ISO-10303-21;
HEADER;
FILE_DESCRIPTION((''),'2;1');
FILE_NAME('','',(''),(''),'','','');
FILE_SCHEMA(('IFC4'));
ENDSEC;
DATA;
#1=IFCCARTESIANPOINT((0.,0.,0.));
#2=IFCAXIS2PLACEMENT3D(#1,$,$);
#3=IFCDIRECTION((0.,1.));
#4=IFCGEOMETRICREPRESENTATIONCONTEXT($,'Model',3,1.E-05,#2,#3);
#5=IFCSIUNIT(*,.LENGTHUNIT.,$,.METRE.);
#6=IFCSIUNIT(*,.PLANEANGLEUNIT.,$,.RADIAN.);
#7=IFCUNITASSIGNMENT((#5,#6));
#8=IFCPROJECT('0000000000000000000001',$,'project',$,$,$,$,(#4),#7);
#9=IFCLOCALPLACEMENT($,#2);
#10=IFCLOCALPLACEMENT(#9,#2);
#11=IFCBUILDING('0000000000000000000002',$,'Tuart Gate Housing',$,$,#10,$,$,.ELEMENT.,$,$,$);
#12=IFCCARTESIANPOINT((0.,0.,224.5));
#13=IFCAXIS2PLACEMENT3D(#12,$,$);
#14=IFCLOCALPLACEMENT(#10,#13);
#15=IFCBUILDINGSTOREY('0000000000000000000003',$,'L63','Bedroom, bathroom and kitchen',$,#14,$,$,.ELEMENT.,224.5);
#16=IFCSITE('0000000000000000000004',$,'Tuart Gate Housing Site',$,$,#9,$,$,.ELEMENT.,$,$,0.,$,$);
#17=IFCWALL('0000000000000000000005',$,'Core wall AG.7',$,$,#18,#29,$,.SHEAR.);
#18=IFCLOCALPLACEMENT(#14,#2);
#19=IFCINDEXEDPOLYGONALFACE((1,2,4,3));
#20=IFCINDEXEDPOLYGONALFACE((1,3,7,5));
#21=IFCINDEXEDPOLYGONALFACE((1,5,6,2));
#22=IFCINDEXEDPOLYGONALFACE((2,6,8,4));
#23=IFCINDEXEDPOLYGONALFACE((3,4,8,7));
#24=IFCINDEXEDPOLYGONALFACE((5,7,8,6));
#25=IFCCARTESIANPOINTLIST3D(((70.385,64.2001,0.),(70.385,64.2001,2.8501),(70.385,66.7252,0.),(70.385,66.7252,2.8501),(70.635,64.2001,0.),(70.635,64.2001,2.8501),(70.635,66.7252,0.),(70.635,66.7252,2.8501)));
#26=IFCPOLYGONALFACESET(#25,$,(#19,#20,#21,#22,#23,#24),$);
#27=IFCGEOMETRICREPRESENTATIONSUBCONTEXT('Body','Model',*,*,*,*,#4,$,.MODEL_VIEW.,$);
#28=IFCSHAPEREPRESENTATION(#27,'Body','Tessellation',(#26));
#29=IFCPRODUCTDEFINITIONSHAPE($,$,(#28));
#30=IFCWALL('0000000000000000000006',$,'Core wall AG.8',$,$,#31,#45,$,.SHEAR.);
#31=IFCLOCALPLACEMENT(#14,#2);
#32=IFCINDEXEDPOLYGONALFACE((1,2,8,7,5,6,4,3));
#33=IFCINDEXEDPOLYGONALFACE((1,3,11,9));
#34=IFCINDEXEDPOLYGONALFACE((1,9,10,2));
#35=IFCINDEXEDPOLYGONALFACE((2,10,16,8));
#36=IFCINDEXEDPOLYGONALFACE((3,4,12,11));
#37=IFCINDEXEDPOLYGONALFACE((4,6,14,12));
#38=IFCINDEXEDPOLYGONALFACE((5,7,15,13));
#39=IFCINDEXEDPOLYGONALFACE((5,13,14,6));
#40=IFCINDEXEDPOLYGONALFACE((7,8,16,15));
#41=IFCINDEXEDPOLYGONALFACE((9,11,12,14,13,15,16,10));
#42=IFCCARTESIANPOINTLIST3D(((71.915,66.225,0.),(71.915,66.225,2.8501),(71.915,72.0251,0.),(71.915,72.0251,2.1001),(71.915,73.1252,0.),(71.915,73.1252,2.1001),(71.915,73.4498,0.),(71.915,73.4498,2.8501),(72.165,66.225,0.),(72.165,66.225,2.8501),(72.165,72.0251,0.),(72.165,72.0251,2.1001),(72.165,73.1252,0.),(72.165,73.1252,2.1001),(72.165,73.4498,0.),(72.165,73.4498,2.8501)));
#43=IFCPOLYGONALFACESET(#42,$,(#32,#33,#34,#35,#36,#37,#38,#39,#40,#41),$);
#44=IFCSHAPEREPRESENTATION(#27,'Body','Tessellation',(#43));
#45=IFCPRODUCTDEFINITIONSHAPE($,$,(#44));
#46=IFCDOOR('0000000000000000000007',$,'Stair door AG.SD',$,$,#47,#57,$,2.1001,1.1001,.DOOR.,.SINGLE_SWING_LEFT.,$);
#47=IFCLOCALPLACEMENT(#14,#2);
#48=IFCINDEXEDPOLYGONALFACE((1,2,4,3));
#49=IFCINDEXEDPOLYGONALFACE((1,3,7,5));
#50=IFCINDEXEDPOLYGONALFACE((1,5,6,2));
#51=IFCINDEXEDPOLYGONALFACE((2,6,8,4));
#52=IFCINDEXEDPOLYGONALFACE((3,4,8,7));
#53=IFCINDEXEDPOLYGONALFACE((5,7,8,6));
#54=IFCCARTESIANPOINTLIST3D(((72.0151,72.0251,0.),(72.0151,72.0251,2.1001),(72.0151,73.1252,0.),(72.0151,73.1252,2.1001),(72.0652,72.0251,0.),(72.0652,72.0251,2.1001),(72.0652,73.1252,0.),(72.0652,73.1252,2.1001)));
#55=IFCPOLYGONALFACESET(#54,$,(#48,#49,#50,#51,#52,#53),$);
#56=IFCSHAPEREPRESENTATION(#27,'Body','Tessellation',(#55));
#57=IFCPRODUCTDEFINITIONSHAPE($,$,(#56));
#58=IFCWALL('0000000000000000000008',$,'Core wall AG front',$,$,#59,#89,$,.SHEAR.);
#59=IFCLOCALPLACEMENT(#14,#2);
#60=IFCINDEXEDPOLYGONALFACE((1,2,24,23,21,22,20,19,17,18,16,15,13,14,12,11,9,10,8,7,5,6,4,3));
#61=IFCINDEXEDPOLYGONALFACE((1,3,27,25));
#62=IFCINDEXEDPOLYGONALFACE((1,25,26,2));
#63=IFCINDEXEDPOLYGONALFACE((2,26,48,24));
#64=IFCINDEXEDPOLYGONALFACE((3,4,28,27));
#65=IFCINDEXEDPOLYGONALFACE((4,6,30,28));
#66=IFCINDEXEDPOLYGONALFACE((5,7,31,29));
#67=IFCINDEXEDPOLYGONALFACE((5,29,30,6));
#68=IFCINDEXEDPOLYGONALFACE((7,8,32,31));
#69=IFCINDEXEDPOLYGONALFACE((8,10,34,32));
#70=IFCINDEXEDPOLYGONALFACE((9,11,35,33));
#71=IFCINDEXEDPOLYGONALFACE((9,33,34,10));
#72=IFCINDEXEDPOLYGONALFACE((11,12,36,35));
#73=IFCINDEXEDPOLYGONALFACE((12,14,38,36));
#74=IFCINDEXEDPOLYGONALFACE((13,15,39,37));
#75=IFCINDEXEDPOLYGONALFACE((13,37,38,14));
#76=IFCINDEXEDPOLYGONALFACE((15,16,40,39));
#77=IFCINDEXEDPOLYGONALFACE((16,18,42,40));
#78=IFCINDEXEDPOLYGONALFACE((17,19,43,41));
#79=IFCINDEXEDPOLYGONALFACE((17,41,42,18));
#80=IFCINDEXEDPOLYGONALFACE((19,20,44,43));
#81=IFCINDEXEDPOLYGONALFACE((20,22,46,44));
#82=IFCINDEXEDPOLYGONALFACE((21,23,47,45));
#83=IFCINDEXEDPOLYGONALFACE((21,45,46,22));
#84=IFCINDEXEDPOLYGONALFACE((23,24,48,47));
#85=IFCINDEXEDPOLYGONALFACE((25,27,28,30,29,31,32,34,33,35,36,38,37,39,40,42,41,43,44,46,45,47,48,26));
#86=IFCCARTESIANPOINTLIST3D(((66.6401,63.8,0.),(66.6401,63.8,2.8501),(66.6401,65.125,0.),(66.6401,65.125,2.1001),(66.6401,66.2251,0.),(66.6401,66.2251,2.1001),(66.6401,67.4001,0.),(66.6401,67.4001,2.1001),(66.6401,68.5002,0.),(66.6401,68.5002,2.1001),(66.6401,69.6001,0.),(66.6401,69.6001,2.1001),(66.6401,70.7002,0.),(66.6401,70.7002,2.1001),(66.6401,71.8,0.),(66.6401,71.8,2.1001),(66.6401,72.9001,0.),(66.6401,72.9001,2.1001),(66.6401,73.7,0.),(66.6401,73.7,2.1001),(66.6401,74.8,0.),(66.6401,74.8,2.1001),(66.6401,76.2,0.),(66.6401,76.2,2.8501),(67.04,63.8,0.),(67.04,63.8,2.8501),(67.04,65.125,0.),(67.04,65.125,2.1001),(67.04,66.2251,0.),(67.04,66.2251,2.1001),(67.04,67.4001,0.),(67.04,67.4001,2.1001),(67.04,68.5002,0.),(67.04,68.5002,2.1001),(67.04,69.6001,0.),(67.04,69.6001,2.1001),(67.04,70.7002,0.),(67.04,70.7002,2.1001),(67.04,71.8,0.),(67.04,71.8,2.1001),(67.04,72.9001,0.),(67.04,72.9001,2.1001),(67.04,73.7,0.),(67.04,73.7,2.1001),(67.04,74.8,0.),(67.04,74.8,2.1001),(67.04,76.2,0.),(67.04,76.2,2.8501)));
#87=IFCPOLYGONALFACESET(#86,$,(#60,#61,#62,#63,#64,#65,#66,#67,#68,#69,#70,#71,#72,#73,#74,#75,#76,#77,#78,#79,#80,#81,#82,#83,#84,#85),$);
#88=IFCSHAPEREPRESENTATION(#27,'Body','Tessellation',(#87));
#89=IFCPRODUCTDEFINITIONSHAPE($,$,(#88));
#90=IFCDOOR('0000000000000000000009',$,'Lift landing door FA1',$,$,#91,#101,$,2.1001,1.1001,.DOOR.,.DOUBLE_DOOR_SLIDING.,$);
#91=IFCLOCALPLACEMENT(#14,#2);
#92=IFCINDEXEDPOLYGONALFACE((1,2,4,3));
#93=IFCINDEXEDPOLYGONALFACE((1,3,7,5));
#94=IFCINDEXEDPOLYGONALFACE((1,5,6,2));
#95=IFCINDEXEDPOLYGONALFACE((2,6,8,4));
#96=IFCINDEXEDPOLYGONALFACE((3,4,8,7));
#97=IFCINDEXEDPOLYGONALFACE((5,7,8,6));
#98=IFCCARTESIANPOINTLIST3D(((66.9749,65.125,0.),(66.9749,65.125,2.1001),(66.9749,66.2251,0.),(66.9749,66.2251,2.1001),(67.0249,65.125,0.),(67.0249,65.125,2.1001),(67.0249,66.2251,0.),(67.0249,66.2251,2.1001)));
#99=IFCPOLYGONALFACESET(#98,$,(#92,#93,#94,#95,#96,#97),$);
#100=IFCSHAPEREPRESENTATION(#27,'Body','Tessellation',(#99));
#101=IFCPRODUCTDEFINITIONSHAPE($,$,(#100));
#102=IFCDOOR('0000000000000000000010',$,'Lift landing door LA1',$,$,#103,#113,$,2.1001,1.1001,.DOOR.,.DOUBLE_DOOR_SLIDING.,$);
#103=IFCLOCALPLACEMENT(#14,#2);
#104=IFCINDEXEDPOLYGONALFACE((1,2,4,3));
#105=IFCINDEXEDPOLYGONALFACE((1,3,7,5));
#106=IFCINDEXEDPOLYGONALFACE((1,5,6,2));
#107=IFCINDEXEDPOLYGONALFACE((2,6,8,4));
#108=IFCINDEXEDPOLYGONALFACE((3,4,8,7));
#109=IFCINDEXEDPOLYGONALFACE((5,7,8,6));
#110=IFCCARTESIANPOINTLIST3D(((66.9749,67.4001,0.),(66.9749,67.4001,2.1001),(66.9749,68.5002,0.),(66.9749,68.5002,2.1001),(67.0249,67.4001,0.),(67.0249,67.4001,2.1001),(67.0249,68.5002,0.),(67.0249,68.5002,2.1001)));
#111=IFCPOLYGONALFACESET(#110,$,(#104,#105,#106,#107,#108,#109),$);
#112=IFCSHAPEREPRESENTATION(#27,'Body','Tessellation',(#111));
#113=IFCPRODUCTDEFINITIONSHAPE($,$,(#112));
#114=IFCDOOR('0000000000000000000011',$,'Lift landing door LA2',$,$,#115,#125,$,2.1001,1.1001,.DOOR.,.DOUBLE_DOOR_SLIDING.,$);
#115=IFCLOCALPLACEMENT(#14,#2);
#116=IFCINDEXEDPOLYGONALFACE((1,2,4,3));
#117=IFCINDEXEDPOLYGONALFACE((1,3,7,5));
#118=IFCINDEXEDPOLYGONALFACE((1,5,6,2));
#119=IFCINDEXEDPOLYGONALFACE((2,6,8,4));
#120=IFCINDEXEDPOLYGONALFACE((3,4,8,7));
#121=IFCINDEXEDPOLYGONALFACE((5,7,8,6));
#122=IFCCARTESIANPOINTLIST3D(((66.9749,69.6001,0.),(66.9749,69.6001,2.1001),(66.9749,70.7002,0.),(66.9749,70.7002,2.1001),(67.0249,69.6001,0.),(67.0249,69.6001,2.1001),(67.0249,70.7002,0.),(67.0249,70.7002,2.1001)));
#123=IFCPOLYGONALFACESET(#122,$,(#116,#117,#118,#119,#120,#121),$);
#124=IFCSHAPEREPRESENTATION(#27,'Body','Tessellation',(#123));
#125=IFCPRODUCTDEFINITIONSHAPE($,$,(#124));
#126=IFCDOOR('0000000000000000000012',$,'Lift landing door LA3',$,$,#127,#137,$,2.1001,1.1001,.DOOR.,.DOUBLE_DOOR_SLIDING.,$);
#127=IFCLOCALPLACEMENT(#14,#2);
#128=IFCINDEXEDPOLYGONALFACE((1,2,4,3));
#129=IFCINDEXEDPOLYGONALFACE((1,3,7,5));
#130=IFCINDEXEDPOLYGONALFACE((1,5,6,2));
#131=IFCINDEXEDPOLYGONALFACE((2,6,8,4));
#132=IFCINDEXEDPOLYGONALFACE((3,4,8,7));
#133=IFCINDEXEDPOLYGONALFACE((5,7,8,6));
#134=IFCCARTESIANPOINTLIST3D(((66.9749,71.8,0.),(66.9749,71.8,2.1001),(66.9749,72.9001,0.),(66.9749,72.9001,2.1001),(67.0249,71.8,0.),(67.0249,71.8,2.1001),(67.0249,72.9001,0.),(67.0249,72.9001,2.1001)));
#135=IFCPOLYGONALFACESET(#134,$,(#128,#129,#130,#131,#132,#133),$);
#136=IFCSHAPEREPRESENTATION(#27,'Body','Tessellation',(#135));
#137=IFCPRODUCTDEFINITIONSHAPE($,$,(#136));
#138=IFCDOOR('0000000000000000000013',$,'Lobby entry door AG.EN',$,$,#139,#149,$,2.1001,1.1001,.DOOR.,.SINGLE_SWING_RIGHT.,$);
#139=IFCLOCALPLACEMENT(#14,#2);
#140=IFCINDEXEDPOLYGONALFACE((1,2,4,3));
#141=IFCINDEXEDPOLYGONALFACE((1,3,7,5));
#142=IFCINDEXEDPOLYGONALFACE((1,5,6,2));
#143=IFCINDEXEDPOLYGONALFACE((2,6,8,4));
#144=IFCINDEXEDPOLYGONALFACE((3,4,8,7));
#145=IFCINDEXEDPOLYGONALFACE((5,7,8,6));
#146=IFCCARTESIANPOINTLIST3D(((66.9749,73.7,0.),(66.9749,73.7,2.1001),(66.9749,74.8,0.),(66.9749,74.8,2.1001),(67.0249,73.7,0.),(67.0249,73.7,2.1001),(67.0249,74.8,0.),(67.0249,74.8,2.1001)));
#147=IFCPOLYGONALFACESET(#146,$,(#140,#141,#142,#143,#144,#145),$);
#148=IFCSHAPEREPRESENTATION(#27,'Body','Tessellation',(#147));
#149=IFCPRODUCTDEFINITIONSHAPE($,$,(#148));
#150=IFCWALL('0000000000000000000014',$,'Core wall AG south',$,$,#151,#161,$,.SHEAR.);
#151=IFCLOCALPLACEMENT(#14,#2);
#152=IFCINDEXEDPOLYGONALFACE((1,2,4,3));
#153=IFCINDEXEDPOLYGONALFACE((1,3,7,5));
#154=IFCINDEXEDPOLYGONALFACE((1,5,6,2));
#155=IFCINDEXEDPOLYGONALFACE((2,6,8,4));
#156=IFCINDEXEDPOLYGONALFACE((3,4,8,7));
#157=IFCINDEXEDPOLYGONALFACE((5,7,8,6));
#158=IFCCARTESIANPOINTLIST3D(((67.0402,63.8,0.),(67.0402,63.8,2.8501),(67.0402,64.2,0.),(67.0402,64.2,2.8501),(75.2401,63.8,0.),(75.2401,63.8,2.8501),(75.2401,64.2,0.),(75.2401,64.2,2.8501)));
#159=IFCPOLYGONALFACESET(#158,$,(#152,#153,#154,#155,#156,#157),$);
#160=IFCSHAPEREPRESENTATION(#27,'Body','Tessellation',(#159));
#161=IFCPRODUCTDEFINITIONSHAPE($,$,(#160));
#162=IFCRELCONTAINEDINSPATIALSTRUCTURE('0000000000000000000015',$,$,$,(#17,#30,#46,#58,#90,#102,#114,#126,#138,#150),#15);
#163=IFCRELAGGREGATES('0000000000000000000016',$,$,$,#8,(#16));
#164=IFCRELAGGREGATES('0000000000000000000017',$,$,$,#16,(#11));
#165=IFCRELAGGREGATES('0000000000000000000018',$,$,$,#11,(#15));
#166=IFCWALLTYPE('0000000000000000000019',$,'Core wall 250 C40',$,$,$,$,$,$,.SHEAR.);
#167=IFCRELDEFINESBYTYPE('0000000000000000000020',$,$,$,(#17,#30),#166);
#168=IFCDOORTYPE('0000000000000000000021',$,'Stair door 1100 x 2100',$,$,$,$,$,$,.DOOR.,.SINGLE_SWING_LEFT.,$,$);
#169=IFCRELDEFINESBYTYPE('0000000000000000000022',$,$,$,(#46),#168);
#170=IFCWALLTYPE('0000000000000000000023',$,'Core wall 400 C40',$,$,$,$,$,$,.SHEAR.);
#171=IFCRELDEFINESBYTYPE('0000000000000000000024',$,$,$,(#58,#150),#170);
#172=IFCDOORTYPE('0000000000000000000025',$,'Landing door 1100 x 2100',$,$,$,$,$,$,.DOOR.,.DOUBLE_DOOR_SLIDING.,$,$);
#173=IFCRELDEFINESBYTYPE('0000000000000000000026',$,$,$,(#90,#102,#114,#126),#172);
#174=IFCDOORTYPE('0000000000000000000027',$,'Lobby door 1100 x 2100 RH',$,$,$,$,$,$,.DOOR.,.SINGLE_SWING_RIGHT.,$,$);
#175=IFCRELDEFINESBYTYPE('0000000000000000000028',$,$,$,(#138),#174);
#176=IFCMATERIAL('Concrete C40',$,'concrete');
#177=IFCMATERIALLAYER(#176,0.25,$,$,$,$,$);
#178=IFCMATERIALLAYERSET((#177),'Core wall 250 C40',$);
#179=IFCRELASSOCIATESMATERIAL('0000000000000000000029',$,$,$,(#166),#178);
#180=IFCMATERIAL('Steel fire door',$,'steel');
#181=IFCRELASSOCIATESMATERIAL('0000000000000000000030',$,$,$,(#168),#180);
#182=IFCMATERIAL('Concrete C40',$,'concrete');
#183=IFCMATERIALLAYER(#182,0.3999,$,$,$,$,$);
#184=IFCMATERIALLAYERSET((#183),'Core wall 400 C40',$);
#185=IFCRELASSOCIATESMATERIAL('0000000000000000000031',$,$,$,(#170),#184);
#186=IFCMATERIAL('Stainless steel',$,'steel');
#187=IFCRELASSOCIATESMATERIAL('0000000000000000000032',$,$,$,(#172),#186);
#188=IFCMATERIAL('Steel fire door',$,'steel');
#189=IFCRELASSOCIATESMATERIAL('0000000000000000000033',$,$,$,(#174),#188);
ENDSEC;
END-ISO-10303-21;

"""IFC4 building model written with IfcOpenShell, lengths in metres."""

from ifc_helpers import new_model, si_unit, direction, frame, frame_2d, origin, place, context, subcontext, project, spatial, rectangle, extrude, material, layer, layer_set, type_object, element, fill, save


model = new_model("IFC4")

# Units and contexts
model_context = context("Model", 3, precision=1e-05, world=origin(), true_north=direction((0.0, 1.0)))
body_context = subcontext(model_context, "Body", "Model", "MODEL_VIEW")
ifc_project = project(units=[si_unit("LENGTHUNIT", "METRE"), si_unit("PLANEANGLEUNIT", "RADIAN")], contexts=[model_context])

# Site, building, storey
site_placement = place(None, origin())
site = spatial("IfcSite", under=ifc_project, at=site_placement, Name="Tuart Gate Housing Site", CompositionType="ELEMENT", RefElevation=0.0)
building_placement = place(site_placement, origin())
building = spatial("IfcBuilding", under=site, at=building_placement, Name="Tuart Gate Housing", CompositionType="ELEMENT")
storey_placement = place(building_placement, frame((0.0, 0.0, 224.5)))
storey = spatial("IfcBuildingStorey", under=building, at=storey_placement, Name="L63", Description="Bedroom, bathroom and kitchen", CompositionType="ELEMENT", Elevation=224.5)

# Wall
ifc_material_1 = material(Name="Concrete C40", Category="concrete")
ifc_layer_1 = layer(ifc_material_1, 0.25)
ifc_layer_set_1 = layer_set([ifc_layer_1], Name="Core wall 250 C40")
wall_type_1 = type_object("IfcWallType", Name="Core wall 250 C40", PredefinedType="SHEAR", material=ifc_layer_set_1)
wall_1_placement = place(storey_placement, frame((70.51, 64.2, 0.0), z_axis=(0.0, 0.0, 1.0), x_axis=(0.0, 1.0, 0.0)))
element("IfcWall", 1, at=wall_1_placement, inside=storey, type_object=wall_type_1, Name="Core wall AG.7", PredefinedType="SHEAR", context=body_context, shape_type="SweptSolid", body=[
    extrude(rectangle(XDim=2.5251, YDim=0.25, at=frame_2d((1.2627, 0.0))), origin(), (0.0, 0.0, 1.0), 2.8501),
])

# Wall, opening, door
wall_2_placement = place(storey_placement, frame((72.04, 66.2251, 0.0), z_axis=(0.0, 0.0, 1.0), x_axis=(0.0, 1.0, 0.0)))
wall_2 = element("IfcWall", 2, at=wall_2_placement, inside=storey, type_object=wall_type_1, Name="Core wall AG.8", PredefinedType="SHEAR", context=body_context, shape_type="SweptSolid", body=[
    extrude(rectangle(XDim=7.2249, YDim=0.25, at=frame_2d((3.6123, 0.0))), origin(), (0.0, 0.0, 1.0), 2.8501),
])
opening_1_placement = place(wall_2_placement, frame((5.8, 0.0, 0.0)))
opening_1 = element("IfcOpeningElement", 3, at=opening_1_placement, cuts=wall_2, PredefinedType="OPENING", context=body_context, shape_type="SweptSolid", body=[
    extrude(rectangle(XDim=1.1001, YDim=2.1001, at=frame_2d((0.55, 1.05))), frame((0.0, 0.135, 0.0), z_axis=(0.0, -1.0, 0.0), x_axis=(1.0, 0.0, 0.0)), (0.0, 0.0, 1.0), 0.27),
])
ifc_material_2 = material(Name="Steel fire door", Category="steel")
door_type_1 = type_object("IfcDoorType", Name="Stair door 1100 x 2100", OperationType="SINGLE_SWING_LEFT", PredefinedType="DOOR", material=ifc_material_2)
door_1_placement = place(opening_1_placement, frame((1.1001, 0.0, 0.0), z_axis=(0.0, 0.0, 1.0), x_axis=(-1.0, 0.0, 0.0)))
door_1 = element("IfcDoor", 4, at=door_1_placement, inside=storey, type_object=door_type_1, Name="Stair door AG.SD", OperationType="SINGLE_SWING_LEFT", OverallHeight=2.1001, OverallWidth=1.1001, PredefinedType="DOOR", context=body_context, shape_type="SweptSolid", body=[
    extrude(rectangle(XDim=1.1001, YDim=2.1001, at=frame_2d((0.55, 1.05))), frame((0.0, 0.0251, 0.0), z_axis=(0.0, -1.0, 0.0), x_axis=(1.0, 0.0, 0.0)), (0.0, 0.0, 1.0), 0.05),
])
fill(opening_1, door_1)

# Wall, openings, doors
ifc_material_3 = material(Name="Concrete C40", Category="concrete")
ifc_layer_2 = layer(ifc_material_3, 0.3999)
ifc_layer_set_2 = layer_set([ifc_layer_2], Name="Core wall 400 C40")
wall_type_2 = type_object("IfcWallType", Name="Core wall 400 C40", PredefinedType="SHEAR", material=ifc_layer_set_2)
wall_3_placement = place(storey_placement, frame((66.8401, 63.8, 0.0), z_axis=(0.0, 0.0, 1.0), x_axis=(0.0, 1.0, 0.0)))
wall_3 = element("IfcWall", 5, at=wall_3_placement, inside=storey, type_object=wall_type_2, Name="Core wall AG front", PredefinedType="SHEAR", context=body_context, shape_type="SweptSolid", body=[
    extrude(rectangle(XDim=12.3999, YDim=0.3999, at=frame_2d((6.2, 0.0))), origin(), (0.0, 0.0, 1.0), 2.8501),
])
opening_2_placement = place(wall_3_placement, frame((1.325, 0.0, 0.0)))
opening_2 = element("IfcOpeningElement", 6, at=opening_2_placement, cuts=wall_3, PredefinedType="OPENING", context=body_context, shape_type="SweptSolid", body=[
    extrude(rectangle(XDim=1.1001, YDim=2.1001, at=frame_2d((0.55, 1.05))), frame((0.0, 0.21, 0.0), z_axis=(0.0, -1.0, 0.0), x_axis=(1.0, 0.0, 0.0)), (0.0, 0.0, 1.0), 0.4199),
])
opening_3_placement = place(wall_3_placement, frame((3.6001, 0.0, 0.0)))
opening_3 = element("IfcOpeningElement", 7, at=opening_3_placement, cuts=wall_3, PredefinedType="OPENING", context=body_context, shape_type="SweptSolid", body=[
    extrude(rectangle(XDim=1.1001, YDim=2.1001, at=frame_2d((0.55, 1.05))), frame((0.0, 0.21, 0.0), z_axis=(0.0, -1.0, 0.0), x_axis=(1.0, 0.0, 0.0)), (0.0, 0.0, 1.0), 0.4199),
])
opening_4_placement = place(wall_3_placement, frame((5.8, 0.0, 0.0)))
opening_4 = element("IfcOpeningElement", 8, at=opening_4_placement, cuts=wall_3, PredefinedType="OPENING", context=body_context, shape_type="SweptSolid", body=[
    extrude(rectangle(XDim=1.1001, YDim=2.1001, at=frame_2d((0.55, 1.05))), frame((0.0, 0.21, 0.0), z_axis=(0.0, -1.0, 0.0), x_axis=(1.0, 0.0, 0.0)), (0.0, 0.0, 1.0), 0.4199),
])
opening_5_placement = place(wall_3_placement, frame((8.0, 0.0, 0.0)))
opening_5 = element("IfcOpeningElement", 9, at=opening_5_placement, cuts=wall_3, PredefinedType="OPENING", context=body_context, shape_type="SweptSolid", body=[
    extrude(rectangle(XDim=1.1001, YDim=2.1001, at=frame_2d((0.55, 1.05))), frame((0.0, 0.21, 0.0), z_axis=(0.0, -1.0, 0.0), x_axis=(1.0, 0.0, 0.0)), (0.0, 0.0, 1.0), 0.4199),
])
opening_6_placement = place(wall_3_placement, frame((9.8999, 0.0, 0.0)))
opening_6 = element("IfcOpeningElement", 10, at=opening_6_placement, cuts=wall_3, PredefinedType="OPENING", context=body_context, shape_type="SweptSolid", body=[
    extrude(rectangle(XDim=1.1001, YDim=2.1001, at=frame_2d((0.55, 1.05))), frame((0.0, 0.21, 0.0), z_axis=(0.0, -1.0, 0.0), x_axis=(1.0, 0.0, 0.0)), (0.0, 0.0, 1.0), 0.4199),
])
ifc_material_4 = material(Name="Stainless steel", Category="steel")
door_type_2 = type_object("IfcDoorType", Name="Landing door 1100 x 2100", OperationType="DOUBLE_DOOR_SLIDING", PredefinedType="DOOR", material=ifc_material_4)
door_2_placement = place(opening_2_placement, origin())
door_2 = element("IfcDoor", 11, at=door_2_placement, inside=storey, type_object=door_type_2, Name="Lift landing door FA1", OperationType="DOUBLE_DOOR_SLIDING", OverallHeight=2.1001, OverallWidth=1.1001, PredefinedType="DOOR", context=body_context, shape_type="SweptSolid", body=[
    extrude(rectangle(XDim=1.1001, YDim=2.1001, at=frame_2d((0.55, 1.05))), frame((0.0, -0.1348, 0.0), z_axis=(0.0, -1.0, 0.0), x_axis=(1.0, 0.0, 0.0)), (0.0, 0.0, 1.0), 0.05),
])
fill(opening_2, door_2)
door_3_placement = place(opening_3_placement, origin())
door_3 = element("IfcDoor", 12, at=door_3_placement, inside=storey, type_object=door_type_2, Name="Lift landing door LA1", OperationType="DOUBLE_DOOR_SLIDING", OverallHeight=2.1001, OverallWidth=1.1001, PredefinedType="DOOR", context=body_context, shape_type="SweptSolid", body=[
    extrude(rectangle(XDim=1.1001, YDim=2.1001, at=frame_2d((0.55, 1.05))), frame((0.0, -0.1348, 0.0), z_axis=(0.0, -1.0, 0.0), x_axis=(1.0, 0.0, 0.0)), (0.0, 0.0, 1.0), 0.05),
])
fill(opening_3, door_3)
door_4_placement = place(opening_4_placement, origin())
door_4 = element("IfcDoor", 13, at=door_4_placement, inside=storey, type_object=door_type_2, Name="Lift landing door LA2", OperationType="DOUBLE_DOOR_SLIDING", OverallHeight=2.1001, OverallWidth=1.1001, PredefinedType="DOOR", context=body_context, shape_type="SweptSolid", body=[
    extrude(rectangle(XDim=1.1001, YDim=2.1001, at=frame_2d((0.55, 1.05))), frame((0.0, -0.1348, 0.0), z_axis=(0.0, -1.0, 0.0), x_axis=(1.0, 0.0, 0.0)), (0.0, 0.0, 1.0), 0.05),
])
fill(opening_4, door_4)
door_5_placement = place(opening_5_placement, origin())
door_5 = element("IfcDoor", 14, at=door_5_placement, inside=storey, type_object=door_type_2, Name="Lift landing door LA3", OperationType="DOUBLE_DOOR_SLIDING", OverallHeight=2.1001, OverallWidth=1.1001, PredefinedType="DOOR", context=body_context, shape_type="SweptSolid", body=[
    extrude(rectangle(XDim=1.1001, YDim=2.1001, at=frame_2d((0.55, 1.05))), frame((0.0, -0.1348, 0.0), z_axis=(0.0, -1.0, 0.0), x_axis=(1.0, 0.0, 0.0)), (0.0, 0.0, 1.0), 0.05),
])
fill(opening_5, door_5)
ifc_material_5 = material(Name="Steel fire door", Category="steel")
door_type_3 = type_object("IfcDoorType", Name="Lobby door 1100 x 2100 RH", OperationType="SINGLE_SWING_RIGHT", PredefinedType="DOOR", material=ifc_material_5)
door_6_placement = place(opening_6_placement, frame((1.1001, 0.0, 0.0), z_axis=(0.0, 0.0, 1.0), x_axis=(-1.0, 0.0, 0.0)))
door_6 = element("IfcDoor", 15, at=door_6_placement, inside=storey, type_object=door_type_3, Name="Lobby entry door AG.EN", OperationType="SINGLE_SWING_RIGHT", OverallHeight=2.1001, OverallWidth=1.1001, PredefinedType="DOOR", context=body_context, shape_type="SweptSolid", body=[
    extrude(rectangle(XDim=1.1001, YDim=2.1001, at=frame_2d((0.55, 1.05))), frame((0.0, 0.1848, 0.0), z_axis=(0.0, -1.0, 0.0), x_axis=(1.0, 0.0, 0.0)), (0.0, 0.0, 1.0), 0.05),
])
fill(opening_6, door_6)

# Wall
wall_4_placement = place(storey_placement, frame((67.04, 64.0, 0.0), z_axis=(0.0, 0.0, 1.0), x_axis=(1.0, 0.0, 0.0)))
element("IfcWall", 16, at=wall_4_placement, inside=storey, type_object=wall_type_2, Name="Core wall AG south", PredefinedType="SHEAR", context=body_context, shape_type="SweptSolid", body=[
    extrude(rectangle(XDim=8.2, YDim=0.3999, at=frame_2d((4.1001, 0.0))), origin(), (0.0, 0.0, 1.0), 2.8501),
])

save(model, "model.ifc")
